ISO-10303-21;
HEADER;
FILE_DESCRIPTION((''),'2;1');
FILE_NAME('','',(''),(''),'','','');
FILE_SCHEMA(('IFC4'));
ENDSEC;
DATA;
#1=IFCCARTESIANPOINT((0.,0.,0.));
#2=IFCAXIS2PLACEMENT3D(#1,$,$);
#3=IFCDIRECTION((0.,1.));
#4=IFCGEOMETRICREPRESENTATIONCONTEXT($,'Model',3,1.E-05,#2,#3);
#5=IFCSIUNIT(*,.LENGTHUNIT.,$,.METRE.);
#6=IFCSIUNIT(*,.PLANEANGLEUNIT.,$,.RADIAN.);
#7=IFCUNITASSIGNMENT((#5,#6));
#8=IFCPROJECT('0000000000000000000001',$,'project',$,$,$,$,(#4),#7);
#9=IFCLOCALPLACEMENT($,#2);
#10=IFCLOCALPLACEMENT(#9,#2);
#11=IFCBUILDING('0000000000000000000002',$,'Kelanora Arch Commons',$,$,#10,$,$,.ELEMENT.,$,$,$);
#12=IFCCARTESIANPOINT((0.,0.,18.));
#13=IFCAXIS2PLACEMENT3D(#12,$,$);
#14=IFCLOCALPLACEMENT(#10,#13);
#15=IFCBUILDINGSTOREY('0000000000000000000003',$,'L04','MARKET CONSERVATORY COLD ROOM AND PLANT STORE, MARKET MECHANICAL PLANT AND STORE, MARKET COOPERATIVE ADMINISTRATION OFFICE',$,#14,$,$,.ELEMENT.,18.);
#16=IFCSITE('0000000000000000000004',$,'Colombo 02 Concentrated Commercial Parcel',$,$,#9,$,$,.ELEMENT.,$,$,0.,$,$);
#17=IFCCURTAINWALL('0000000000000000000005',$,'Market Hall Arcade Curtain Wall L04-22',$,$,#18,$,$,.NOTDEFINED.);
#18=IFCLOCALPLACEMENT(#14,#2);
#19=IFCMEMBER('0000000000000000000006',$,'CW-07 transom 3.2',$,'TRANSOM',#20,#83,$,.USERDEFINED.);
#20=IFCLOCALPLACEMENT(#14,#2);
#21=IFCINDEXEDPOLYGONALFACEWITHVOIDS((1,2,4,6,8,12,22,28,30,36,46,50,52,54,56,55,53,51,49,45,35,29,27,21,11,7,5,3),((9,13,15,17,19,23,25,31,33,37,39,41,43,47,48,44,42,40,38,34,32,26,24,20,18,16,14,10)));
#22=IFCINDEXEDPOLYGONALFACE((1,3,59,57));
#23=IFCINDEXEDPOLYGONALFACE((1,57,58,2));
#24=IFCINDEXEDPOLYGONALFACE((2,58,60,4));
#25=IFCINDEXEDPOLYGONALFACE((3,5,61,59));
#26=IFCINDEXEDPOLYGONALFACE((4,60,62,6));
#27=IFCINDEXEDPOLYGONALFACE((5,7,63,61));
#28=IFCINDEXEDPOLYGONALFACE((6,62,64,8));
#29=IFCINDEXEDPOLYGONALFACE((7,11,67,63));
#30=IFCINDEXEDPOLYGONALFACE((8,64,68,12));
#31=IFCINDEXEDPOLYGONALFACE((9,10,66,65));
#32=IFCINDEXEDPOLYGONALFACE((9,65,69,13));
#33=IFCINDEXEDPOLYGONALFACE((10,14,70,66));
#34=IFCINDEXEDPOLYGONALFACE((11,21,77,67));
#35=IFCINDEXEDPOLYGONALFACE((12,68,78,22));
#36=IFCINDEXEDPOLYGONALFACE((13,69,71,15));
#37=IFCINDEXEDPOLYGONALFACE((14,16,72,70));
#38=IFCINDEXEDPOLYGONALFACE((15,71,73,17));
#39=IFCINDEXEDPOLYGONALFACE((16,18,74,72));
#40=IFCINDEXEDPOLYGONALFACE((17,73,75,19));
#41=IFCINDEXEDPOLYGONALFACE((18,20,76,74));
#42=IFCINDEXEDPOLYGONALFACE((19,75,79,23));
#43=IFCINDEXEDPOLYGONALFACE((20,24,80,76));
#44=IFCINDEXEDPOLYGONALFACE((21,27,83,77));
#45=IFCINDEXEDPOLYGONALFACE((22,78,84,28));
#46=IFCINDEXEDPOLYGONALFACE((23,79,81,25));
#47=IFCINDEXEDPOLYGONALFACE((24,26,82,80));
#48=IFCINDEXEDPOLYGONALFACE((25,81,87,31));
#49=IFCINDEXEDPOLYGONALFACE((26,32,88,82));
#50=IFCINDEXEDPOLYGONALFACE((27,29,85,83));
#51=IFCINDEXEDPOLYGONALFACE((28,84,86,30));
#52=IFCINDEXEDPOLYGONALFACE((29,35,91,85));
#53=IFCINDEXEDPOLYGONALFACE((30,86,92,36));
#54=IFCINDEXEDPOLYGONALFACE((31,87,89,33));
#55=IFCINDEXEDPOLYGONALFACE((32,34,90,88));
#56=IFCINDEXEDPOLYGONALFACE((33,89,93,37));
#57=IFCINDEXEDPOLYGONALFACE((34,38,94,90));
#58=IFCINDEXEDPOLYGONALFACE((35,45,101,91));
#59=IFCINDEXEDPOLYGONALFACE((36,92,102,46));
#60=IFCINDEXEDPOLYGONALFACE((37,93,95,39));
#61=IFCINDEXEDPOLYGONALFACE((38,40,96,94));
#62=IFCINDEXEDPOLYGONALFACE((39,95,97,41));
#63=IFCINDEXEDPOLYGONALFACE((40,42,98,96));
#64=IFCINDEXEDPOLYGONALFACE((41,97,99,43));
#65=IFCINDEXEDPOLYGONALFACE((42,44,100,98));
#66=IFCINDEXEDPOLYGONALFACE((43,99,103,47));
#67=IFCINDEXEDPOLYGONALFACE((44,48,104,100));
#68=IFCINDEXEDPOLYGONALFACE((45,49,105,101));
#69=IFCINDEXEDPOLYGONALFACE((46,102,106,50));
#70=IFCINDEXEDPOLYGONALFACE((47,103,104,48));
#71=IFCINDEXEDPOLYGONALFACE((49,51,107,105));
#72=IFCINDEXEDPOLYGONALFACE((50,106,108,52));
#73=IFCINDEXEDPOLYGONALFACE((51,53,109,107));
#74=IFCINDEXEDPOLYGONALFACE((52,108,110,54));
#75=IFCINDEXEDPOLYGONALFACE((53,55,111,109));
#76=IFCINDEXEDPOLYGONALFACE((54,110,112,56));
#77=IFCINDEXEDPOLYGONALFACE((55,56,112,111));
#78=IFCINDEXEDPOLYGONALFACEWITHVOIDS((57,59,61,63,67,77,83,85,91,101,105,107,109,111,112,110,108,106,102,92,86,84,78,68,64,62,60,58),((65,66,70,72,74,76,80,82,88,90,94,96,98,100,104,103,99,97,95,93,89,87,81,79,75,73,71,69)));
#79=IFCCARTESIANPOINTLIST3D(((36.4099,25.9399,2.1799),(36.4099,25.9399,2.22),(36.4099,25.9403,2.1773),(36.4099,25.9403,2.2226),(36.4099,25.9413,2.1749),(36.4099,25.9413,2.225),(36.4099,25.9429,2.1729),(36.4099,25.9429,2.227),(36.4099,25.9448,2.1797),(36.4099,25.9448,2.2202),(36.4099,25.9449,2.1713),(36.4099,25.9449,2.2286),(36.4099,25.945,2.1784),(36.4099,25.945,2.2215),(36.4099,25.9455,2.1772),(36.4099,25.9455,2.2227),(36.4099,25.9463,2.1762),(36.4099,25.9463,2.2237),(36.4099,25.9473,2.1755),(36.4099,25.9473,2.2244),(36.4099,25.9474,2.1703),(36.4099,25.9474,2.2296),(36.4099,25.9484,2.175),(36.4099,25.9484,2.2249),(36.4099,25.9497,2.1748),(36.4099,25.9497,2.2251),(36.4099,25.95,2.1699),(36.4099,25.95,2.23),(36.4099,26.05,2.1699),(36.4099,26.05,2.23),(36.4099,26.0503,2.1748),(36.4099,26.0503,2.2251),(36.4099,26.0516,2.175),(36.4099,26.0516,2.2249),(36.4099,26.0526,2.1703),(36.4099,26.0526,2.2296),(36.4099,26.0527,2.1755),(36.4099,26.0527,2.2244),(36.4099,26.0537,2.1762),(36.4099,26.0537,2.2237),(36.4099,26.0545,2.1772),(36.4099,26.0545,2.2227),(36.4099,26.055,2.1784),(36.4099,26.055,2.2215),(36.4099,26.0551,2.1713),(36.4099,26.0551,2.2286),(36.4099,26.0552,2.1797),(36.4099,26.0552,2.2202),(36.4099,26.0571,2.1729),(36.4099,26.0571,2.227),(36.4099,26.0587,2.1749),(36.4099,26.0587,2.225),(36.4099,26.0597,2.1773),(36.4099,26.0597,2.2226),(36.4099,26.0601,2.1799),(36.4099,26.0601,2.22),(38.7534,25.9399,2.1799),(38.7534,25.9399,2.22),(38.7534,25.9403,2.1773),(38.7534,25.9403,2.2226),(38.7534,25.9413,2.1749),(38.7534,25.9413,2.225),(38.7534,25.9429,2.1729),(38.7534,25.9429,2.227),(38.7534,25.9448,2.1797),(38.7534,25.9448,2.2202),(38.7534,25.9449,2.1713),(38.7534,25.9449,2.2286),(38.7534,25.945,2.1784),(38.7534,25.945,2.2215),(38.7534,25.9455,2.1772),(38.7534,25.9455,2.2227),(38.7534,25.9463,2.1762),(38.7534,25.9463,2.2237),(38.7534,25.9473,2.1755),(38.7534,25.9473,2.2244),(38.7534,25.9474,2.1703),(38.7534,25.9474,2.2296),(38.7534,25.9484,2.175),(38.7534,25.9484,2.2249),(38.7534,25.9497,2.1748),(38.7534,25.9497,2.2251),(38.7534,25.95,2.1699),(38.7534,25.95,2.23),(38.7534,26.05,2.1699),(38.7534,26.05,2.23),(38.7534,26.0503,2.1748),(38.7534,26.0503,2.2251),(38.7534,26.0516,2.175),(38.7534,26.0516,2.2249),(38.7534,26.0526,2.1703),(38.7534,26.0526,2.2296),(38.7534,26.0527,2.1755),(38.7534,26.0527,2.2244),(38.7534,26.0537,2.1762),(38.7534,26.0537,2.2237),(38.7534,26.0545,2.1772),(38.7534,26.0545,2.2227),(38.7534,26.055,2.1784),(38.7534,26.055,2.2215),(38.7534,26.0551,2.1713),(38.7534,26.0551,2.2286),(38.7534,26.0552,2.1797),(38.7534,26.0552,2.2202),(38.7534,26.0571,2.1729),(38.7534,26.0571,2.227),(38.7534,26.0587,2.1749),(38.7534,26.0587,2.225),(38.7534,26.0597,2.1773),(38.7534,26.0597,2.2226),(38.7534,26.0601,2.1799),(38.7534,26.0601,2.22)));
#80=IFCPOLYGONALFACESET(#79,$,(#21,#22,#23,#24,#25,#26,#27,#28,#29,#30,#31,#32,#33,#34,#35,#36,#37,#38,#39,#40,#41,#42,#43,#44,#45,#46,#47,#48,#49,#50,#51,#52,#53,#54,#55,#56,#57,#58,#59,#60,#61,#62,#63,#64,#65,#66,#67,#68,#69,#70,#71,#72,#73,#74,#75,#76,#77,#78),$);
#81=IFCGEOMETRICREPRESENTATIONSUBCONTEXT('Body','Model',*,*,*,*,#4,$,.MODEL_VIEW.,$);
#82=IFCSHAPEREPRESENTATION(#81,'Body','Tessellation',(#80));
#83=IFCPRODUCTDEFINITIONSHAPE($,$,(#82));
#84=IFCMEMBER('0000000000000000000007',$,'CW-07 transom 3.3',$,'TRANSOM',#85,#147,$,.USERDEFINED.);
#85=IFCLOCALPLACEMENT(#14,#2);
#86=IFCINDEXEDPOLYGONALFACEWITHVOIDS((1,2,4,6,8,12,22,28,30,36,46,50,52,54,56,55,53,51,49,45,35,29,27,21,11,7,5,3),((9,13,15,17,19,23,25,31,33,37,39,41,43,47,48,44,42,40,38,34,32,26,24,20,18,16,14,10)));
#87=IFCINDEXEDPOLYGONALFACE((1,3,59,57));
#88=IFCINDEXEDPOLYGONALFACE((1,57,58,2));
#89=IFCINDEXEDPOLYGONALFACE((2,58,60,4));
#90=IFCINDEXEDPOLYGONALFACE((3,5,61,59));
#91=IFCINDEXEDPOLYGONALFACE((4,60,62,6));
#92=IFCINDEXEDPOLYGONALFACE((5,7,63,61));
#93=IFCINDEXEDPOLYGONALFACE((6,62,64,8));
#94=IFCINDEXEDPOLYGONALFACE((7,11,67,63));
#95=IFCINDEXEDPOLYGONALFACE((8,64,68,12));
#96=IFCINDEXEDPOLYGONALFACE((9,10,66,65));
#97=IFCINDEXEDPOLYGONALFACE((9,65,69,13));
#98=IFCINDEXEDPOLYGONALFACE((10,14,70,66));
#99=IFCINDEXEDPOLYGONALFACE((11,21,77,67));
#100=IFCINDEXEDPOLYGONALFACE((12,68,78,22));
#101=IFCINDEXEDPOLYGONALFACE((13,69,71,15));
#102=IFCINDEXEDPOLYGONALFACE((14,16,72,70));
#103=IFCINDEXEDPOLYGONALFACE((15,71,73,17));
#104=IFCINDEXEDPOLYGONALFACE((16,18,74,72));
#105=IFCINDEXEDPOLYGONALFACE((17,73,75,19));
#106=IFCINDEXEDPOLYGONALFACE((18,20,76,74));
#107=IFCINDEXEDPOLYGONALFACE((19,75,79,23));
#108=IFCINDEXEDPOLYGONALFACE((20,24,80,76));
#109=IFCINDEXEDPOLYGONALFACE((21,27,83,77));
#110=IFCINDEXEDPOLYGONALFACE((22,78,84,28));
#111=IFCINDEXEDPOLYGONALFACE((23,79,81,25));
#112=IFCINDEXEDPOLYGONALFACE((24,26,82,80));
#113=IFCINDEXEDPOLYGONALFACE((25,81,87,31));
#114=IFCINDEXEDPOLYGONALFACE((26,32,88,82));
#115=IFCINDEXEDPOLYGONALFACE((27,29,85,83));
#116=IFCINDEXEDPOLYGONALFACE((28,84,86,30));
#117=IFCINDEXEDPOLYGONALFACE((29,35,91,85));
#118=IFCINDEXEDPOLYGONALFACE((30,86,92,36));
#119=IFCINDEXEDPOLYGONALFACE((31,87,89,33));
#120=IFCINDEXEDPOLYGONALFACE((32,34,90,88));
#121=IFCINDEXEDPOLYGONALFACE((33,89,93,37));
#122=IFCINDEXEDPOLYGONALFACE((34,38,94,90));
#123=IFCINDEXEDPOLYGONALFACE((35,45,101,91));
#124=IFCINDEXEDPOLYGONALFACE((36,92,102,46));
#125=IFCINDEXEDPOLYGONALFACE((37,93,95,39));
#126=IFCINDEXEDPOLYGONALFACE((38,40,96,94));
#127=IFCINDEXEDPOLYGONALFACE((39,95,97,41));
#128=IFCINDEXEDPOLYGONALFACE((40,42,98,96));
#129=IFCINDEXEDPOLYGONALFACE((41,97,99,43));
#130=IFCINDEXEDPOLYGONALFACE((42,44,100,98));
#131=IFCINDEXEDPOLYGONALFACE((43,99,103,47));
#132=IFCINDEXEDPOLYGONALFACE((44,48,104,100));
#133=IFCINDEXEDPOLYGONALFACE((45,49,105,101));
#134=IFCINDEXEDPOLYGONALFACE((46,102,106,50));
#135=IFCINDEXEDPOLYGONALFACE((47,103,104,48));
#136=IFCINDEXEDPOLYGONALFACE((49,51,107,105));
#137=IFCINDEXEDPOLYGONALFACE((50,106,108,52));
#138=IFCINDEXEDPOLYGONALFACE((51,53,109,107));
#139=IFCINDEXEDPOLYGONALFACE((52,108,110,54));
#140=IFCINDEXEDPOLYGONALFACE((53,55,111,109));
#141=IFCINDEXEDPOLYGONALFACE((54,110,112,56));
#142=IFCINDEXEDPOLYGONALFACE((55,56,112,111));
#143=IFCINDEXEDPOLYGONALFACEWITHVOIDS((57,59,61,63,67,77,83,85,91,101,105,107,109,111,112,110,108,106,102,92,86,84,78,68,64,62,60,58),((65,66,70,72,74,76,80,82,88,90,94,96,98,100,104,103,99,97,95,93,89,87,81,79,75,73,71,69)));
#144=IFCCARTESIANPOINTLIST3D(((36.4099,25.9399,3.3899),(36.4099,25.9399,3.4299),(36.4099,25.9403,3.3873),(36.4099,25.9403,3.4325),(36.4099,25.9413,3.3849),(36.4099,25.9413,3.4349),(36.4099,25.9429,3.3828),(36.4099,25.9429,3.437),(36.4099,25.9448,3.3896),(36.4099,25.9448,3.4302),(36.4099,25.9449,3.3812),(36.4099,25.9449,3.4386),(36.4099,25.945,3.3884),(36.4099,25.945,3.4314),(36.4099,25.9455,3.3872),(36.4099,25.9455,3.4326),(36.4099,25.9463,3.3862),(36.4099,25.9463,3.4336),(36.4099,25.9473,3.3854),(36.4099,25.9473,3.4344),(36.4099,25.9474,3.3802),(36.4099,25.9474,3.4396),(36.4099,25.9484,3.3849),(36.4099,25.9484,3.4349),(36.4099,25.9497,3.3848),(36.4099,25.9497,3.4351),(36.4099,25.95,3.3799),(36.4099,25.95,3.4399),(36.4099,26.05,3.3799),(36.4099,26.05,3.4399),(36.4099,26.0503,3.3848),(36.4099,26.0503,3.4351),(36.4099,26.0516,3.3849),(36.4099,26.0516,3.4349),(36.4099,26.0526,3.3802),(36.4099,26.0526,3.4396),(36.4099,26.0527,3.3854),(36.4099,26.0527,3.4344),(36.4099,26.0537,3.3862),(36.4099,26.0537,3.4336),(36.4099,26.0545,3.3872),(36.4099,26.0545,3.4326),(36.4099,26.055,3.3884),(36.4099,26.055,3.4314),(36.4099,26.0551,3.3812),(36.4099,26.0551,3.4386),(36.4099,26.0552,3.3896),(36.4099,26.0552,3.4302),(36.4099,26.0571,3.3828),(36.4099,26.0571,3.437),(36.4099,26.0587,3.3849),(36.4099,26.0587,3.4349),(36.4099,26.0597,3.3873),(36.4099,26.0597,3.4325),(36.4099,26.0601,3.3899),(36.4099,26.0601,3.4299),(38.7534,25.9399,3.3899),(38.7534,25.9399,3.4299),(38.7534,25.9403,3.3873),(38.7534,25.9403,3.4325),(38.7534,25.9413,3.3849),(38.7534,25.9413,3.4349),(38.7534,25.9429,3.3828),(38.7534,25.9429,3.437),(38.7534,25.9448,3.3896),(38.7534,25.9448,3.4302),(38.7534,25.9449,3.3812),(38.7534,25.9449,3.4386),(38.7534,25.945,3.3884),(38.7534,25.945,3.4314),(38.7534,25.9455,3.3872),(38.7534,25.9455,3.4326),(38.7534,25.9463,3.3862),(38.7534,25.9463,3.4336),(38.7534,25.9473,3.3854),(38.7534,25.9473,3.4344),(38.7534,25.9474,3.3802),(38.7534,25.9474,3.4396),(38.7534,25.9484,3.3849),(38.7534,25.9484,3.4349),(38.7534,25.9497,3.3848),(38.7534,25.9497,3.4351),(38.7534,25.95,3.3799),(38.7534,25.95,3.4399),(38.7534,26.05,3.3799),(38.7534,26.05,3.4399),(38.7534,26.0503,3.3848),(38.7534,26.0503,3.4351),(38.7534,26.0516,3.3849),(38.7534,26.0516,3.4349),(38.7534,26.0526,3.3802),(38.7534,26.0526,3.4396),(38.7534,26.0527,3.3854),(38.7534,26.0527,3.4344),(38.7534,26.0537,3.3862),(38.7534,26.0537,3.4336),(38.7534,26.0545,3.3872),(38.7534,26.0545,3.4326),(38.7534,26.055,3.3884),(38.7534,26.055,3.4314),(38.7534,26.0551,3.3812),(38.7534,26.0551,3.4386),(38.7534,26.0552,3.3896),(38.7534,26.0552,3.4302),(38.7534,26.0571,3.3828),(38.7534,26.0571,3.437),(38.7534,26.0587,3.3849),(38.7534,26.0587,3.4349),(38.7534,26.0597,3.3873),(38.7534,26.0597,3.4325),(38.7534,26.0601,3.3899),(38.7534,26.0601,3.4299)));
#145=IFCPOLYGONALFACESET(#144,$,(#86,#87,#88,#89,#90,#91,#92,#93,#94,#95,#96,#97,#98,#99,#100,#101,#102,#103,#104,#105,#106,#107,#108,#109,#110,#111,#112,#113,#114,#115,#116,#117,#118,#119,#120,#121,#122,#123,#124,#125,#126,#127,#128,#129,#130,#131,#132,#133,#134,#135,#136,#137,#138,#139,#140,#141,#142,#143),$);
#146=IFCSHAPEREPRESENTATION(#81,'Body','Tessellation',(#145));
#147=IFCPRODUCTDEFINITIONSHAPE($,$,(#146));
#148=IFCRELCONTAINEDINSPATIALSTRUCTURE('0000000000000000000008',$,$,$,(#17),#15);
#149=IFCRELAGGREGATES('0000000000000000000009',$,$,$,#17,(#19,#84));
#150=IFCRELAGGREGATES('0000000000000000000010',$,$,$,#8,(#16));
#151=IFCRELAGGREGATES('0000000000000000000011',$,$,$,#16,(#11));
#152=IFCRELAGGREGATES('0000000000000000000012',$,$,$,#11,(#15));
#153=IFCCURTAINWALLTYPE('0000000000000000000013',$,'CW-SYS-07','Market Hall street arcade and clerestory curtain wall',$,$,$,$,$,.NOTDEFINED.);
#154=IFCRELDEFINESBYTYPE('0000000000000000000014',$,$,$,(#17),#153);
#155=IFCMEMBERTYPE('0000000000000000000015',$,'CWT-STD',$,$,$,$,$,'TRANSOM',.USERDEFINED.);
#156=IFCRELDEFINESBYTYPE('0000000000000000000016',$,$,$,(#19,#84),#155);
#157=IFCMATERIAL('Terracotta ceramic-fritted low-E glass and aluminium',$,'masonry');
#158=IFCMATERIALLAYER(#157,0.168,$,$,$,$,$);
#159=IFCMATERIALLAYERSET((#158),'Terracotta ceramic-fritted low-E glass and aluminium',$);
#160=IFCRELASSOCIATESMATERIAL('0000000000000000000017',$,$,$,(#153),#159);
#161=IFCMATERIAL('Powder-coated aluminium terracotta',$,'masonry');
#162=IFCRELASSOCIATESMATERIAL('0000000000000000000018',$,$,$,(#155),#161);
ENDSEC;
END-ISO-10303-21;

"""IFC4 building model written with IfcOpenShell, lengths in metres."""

from ifc_helpers import new_model, si_unit, direction, frame, origin, origin_2d, place, context, subcontext, project, spatial, hollow_rectangle, extrude, material, layer, layer_set, material_profile, profile_set, type_object, element, aggregate, save


model = new_model("IFC4")

# Units and contexts
model_context = context("Model", 3, precision=1e-05, world=origin(), true_north=direction((0.0, 1.0)))
body_context = subcontext(model_context, "Body", "Model", "MODEL_VIEW")
ifc_project = project(units=[si_unit("LENGTHUNIT", "METRE"), si_unit("PLANEANGLEUNIT", "RADIAN")], contexts=[model_context])

# Site, building, storey
site_placement = place(None, origin())
site = spatial("IfcSite", under=ifc_project, at=site_placement, Name="Colombo 02 Concentrated Commercial Parcel", CompositionType="ELEMENT", RefElevation=0.0)
building_placement = place(site_placement, origin())
building = spatial("IfcBuilding", under=site, at=building_placement, Name="Kelanora Arch Commons", CompositionType="ELEMENT")
storey_placement = place(building_placement, frame((0.0, 0.0, 18.0)))
storey = spatial("IfcBuildingStorey", under=building, at=storey_placement, Name="L04", Description="MARKET CONSERVATORY COLD ROOM AND PLANT STORE, MARKET MECHANICAL PLANT AND STORE, MARKET COOPERATIVE ADMINISTRATION OFFICE", CompositionType="ELEMENT", Elevation=18.0)

# Curtain wall, members
ifc_material_1 = material(Name="Terracotta ceramic-fritted low-E glass and aluminium", Category="masonry")
ifc_layer_1 = layer(ifc_material_1, 0.168)
ifc_layer_set_1 = layer_set([ifc_layer_1], Name="Terracotta ceramic-fritted low-E glass and aluminium")
curtain_wall_type = type_object("IfcCurtainWallType", Name="CW-SYS-07", Description="Market Hall street arcade and clerestory curtain wall", PredefinedType="NOTDEFINED", material=ifc_layer_set_1)
curtain_wall_placement = place(storey_placement, origin())
curtain_wall = element("IfcCurtainWall", 1, at=curtain_wall_placement, inside=storey, type_object=curtain_wall_type, Name="Market Hall Arcade Curtain Wall L04-22", PredefinedType="NOTDEFINED")
ifc_material_2 = material(Name="Powder-coated aluminium terracotta", Category="masonry")
ifc_material_profile_1 = material_profile(ifc_material_2, hollow_rectangle(XDim=0.1201, YDim=0.0601, WallThickness=0.0049, InnerFilletRadius=0.0049, OuterFilletRadius=0.01, at=origin_2d()), Name="CWT120x60")
ifc_profile_set_1 = profile_set([ifc_material_profile_1], Name="Powder-coated aluminium terracotta")
member_type_1 = type_object("IfcMemberType", Name="CWT-STD", ElementType="TRANSOM", PredefinedType="USERDEFINED", material=ifc_profile_set_1)
member_1_placement = place(storey_placement, frame((38.7534, 26.0, 2.2), z_axis=(-1.0, 0.0, 0.0), x_axis=(0.0, -1.0, 0.0)))
member_1 = element("IfcMember", 2, at=member_1_placement, type_object=member_type_1, Name="CW-07 transom 3.2", ObjectType="TRANSOM", PredefinedType="USERDEFINED", context=body_context, shape_type="SweptSolid", body=[
    extrude(hollow_rectangle(XDim=0.1201, YDim=0.0601, WallThickness=0.0049, InnerFilletRadius=0.0049, OuterFilletRadius=0.01, at=origin_2d()), origin(), (0.0, 0.0, 1.0), 2.3435),
])
member_2_placement = place(storey_placement, frame((38.7534, 26.0, 3.4099), z_axis=(-1.0, 0.0, 0.0), x_axis=(0.0, -1.0, 0.0)))
member_2 = element("IfcMember", 3, at=member_2_placement, type_object=member_type_1, Name="CW-07 transom 3.3", ObjectType="TRANSOM", PredefinedType="USERDEFINED", context=body_context, shape_type="SweptSolid", body=[
    extrude(hollow_rectangle(XDim=0.1201, YDim=0.0601, WallThickness=0.0049, InnerFilletRadius=0.0049, OuterFilletRadius=0.01, at=origin_2d()), origin(), (0.0, 0.0, 1.0), 2.3435),
])

aggregate(curtain_wall, [member_1, member_2])

save(model, "model.ifc")
